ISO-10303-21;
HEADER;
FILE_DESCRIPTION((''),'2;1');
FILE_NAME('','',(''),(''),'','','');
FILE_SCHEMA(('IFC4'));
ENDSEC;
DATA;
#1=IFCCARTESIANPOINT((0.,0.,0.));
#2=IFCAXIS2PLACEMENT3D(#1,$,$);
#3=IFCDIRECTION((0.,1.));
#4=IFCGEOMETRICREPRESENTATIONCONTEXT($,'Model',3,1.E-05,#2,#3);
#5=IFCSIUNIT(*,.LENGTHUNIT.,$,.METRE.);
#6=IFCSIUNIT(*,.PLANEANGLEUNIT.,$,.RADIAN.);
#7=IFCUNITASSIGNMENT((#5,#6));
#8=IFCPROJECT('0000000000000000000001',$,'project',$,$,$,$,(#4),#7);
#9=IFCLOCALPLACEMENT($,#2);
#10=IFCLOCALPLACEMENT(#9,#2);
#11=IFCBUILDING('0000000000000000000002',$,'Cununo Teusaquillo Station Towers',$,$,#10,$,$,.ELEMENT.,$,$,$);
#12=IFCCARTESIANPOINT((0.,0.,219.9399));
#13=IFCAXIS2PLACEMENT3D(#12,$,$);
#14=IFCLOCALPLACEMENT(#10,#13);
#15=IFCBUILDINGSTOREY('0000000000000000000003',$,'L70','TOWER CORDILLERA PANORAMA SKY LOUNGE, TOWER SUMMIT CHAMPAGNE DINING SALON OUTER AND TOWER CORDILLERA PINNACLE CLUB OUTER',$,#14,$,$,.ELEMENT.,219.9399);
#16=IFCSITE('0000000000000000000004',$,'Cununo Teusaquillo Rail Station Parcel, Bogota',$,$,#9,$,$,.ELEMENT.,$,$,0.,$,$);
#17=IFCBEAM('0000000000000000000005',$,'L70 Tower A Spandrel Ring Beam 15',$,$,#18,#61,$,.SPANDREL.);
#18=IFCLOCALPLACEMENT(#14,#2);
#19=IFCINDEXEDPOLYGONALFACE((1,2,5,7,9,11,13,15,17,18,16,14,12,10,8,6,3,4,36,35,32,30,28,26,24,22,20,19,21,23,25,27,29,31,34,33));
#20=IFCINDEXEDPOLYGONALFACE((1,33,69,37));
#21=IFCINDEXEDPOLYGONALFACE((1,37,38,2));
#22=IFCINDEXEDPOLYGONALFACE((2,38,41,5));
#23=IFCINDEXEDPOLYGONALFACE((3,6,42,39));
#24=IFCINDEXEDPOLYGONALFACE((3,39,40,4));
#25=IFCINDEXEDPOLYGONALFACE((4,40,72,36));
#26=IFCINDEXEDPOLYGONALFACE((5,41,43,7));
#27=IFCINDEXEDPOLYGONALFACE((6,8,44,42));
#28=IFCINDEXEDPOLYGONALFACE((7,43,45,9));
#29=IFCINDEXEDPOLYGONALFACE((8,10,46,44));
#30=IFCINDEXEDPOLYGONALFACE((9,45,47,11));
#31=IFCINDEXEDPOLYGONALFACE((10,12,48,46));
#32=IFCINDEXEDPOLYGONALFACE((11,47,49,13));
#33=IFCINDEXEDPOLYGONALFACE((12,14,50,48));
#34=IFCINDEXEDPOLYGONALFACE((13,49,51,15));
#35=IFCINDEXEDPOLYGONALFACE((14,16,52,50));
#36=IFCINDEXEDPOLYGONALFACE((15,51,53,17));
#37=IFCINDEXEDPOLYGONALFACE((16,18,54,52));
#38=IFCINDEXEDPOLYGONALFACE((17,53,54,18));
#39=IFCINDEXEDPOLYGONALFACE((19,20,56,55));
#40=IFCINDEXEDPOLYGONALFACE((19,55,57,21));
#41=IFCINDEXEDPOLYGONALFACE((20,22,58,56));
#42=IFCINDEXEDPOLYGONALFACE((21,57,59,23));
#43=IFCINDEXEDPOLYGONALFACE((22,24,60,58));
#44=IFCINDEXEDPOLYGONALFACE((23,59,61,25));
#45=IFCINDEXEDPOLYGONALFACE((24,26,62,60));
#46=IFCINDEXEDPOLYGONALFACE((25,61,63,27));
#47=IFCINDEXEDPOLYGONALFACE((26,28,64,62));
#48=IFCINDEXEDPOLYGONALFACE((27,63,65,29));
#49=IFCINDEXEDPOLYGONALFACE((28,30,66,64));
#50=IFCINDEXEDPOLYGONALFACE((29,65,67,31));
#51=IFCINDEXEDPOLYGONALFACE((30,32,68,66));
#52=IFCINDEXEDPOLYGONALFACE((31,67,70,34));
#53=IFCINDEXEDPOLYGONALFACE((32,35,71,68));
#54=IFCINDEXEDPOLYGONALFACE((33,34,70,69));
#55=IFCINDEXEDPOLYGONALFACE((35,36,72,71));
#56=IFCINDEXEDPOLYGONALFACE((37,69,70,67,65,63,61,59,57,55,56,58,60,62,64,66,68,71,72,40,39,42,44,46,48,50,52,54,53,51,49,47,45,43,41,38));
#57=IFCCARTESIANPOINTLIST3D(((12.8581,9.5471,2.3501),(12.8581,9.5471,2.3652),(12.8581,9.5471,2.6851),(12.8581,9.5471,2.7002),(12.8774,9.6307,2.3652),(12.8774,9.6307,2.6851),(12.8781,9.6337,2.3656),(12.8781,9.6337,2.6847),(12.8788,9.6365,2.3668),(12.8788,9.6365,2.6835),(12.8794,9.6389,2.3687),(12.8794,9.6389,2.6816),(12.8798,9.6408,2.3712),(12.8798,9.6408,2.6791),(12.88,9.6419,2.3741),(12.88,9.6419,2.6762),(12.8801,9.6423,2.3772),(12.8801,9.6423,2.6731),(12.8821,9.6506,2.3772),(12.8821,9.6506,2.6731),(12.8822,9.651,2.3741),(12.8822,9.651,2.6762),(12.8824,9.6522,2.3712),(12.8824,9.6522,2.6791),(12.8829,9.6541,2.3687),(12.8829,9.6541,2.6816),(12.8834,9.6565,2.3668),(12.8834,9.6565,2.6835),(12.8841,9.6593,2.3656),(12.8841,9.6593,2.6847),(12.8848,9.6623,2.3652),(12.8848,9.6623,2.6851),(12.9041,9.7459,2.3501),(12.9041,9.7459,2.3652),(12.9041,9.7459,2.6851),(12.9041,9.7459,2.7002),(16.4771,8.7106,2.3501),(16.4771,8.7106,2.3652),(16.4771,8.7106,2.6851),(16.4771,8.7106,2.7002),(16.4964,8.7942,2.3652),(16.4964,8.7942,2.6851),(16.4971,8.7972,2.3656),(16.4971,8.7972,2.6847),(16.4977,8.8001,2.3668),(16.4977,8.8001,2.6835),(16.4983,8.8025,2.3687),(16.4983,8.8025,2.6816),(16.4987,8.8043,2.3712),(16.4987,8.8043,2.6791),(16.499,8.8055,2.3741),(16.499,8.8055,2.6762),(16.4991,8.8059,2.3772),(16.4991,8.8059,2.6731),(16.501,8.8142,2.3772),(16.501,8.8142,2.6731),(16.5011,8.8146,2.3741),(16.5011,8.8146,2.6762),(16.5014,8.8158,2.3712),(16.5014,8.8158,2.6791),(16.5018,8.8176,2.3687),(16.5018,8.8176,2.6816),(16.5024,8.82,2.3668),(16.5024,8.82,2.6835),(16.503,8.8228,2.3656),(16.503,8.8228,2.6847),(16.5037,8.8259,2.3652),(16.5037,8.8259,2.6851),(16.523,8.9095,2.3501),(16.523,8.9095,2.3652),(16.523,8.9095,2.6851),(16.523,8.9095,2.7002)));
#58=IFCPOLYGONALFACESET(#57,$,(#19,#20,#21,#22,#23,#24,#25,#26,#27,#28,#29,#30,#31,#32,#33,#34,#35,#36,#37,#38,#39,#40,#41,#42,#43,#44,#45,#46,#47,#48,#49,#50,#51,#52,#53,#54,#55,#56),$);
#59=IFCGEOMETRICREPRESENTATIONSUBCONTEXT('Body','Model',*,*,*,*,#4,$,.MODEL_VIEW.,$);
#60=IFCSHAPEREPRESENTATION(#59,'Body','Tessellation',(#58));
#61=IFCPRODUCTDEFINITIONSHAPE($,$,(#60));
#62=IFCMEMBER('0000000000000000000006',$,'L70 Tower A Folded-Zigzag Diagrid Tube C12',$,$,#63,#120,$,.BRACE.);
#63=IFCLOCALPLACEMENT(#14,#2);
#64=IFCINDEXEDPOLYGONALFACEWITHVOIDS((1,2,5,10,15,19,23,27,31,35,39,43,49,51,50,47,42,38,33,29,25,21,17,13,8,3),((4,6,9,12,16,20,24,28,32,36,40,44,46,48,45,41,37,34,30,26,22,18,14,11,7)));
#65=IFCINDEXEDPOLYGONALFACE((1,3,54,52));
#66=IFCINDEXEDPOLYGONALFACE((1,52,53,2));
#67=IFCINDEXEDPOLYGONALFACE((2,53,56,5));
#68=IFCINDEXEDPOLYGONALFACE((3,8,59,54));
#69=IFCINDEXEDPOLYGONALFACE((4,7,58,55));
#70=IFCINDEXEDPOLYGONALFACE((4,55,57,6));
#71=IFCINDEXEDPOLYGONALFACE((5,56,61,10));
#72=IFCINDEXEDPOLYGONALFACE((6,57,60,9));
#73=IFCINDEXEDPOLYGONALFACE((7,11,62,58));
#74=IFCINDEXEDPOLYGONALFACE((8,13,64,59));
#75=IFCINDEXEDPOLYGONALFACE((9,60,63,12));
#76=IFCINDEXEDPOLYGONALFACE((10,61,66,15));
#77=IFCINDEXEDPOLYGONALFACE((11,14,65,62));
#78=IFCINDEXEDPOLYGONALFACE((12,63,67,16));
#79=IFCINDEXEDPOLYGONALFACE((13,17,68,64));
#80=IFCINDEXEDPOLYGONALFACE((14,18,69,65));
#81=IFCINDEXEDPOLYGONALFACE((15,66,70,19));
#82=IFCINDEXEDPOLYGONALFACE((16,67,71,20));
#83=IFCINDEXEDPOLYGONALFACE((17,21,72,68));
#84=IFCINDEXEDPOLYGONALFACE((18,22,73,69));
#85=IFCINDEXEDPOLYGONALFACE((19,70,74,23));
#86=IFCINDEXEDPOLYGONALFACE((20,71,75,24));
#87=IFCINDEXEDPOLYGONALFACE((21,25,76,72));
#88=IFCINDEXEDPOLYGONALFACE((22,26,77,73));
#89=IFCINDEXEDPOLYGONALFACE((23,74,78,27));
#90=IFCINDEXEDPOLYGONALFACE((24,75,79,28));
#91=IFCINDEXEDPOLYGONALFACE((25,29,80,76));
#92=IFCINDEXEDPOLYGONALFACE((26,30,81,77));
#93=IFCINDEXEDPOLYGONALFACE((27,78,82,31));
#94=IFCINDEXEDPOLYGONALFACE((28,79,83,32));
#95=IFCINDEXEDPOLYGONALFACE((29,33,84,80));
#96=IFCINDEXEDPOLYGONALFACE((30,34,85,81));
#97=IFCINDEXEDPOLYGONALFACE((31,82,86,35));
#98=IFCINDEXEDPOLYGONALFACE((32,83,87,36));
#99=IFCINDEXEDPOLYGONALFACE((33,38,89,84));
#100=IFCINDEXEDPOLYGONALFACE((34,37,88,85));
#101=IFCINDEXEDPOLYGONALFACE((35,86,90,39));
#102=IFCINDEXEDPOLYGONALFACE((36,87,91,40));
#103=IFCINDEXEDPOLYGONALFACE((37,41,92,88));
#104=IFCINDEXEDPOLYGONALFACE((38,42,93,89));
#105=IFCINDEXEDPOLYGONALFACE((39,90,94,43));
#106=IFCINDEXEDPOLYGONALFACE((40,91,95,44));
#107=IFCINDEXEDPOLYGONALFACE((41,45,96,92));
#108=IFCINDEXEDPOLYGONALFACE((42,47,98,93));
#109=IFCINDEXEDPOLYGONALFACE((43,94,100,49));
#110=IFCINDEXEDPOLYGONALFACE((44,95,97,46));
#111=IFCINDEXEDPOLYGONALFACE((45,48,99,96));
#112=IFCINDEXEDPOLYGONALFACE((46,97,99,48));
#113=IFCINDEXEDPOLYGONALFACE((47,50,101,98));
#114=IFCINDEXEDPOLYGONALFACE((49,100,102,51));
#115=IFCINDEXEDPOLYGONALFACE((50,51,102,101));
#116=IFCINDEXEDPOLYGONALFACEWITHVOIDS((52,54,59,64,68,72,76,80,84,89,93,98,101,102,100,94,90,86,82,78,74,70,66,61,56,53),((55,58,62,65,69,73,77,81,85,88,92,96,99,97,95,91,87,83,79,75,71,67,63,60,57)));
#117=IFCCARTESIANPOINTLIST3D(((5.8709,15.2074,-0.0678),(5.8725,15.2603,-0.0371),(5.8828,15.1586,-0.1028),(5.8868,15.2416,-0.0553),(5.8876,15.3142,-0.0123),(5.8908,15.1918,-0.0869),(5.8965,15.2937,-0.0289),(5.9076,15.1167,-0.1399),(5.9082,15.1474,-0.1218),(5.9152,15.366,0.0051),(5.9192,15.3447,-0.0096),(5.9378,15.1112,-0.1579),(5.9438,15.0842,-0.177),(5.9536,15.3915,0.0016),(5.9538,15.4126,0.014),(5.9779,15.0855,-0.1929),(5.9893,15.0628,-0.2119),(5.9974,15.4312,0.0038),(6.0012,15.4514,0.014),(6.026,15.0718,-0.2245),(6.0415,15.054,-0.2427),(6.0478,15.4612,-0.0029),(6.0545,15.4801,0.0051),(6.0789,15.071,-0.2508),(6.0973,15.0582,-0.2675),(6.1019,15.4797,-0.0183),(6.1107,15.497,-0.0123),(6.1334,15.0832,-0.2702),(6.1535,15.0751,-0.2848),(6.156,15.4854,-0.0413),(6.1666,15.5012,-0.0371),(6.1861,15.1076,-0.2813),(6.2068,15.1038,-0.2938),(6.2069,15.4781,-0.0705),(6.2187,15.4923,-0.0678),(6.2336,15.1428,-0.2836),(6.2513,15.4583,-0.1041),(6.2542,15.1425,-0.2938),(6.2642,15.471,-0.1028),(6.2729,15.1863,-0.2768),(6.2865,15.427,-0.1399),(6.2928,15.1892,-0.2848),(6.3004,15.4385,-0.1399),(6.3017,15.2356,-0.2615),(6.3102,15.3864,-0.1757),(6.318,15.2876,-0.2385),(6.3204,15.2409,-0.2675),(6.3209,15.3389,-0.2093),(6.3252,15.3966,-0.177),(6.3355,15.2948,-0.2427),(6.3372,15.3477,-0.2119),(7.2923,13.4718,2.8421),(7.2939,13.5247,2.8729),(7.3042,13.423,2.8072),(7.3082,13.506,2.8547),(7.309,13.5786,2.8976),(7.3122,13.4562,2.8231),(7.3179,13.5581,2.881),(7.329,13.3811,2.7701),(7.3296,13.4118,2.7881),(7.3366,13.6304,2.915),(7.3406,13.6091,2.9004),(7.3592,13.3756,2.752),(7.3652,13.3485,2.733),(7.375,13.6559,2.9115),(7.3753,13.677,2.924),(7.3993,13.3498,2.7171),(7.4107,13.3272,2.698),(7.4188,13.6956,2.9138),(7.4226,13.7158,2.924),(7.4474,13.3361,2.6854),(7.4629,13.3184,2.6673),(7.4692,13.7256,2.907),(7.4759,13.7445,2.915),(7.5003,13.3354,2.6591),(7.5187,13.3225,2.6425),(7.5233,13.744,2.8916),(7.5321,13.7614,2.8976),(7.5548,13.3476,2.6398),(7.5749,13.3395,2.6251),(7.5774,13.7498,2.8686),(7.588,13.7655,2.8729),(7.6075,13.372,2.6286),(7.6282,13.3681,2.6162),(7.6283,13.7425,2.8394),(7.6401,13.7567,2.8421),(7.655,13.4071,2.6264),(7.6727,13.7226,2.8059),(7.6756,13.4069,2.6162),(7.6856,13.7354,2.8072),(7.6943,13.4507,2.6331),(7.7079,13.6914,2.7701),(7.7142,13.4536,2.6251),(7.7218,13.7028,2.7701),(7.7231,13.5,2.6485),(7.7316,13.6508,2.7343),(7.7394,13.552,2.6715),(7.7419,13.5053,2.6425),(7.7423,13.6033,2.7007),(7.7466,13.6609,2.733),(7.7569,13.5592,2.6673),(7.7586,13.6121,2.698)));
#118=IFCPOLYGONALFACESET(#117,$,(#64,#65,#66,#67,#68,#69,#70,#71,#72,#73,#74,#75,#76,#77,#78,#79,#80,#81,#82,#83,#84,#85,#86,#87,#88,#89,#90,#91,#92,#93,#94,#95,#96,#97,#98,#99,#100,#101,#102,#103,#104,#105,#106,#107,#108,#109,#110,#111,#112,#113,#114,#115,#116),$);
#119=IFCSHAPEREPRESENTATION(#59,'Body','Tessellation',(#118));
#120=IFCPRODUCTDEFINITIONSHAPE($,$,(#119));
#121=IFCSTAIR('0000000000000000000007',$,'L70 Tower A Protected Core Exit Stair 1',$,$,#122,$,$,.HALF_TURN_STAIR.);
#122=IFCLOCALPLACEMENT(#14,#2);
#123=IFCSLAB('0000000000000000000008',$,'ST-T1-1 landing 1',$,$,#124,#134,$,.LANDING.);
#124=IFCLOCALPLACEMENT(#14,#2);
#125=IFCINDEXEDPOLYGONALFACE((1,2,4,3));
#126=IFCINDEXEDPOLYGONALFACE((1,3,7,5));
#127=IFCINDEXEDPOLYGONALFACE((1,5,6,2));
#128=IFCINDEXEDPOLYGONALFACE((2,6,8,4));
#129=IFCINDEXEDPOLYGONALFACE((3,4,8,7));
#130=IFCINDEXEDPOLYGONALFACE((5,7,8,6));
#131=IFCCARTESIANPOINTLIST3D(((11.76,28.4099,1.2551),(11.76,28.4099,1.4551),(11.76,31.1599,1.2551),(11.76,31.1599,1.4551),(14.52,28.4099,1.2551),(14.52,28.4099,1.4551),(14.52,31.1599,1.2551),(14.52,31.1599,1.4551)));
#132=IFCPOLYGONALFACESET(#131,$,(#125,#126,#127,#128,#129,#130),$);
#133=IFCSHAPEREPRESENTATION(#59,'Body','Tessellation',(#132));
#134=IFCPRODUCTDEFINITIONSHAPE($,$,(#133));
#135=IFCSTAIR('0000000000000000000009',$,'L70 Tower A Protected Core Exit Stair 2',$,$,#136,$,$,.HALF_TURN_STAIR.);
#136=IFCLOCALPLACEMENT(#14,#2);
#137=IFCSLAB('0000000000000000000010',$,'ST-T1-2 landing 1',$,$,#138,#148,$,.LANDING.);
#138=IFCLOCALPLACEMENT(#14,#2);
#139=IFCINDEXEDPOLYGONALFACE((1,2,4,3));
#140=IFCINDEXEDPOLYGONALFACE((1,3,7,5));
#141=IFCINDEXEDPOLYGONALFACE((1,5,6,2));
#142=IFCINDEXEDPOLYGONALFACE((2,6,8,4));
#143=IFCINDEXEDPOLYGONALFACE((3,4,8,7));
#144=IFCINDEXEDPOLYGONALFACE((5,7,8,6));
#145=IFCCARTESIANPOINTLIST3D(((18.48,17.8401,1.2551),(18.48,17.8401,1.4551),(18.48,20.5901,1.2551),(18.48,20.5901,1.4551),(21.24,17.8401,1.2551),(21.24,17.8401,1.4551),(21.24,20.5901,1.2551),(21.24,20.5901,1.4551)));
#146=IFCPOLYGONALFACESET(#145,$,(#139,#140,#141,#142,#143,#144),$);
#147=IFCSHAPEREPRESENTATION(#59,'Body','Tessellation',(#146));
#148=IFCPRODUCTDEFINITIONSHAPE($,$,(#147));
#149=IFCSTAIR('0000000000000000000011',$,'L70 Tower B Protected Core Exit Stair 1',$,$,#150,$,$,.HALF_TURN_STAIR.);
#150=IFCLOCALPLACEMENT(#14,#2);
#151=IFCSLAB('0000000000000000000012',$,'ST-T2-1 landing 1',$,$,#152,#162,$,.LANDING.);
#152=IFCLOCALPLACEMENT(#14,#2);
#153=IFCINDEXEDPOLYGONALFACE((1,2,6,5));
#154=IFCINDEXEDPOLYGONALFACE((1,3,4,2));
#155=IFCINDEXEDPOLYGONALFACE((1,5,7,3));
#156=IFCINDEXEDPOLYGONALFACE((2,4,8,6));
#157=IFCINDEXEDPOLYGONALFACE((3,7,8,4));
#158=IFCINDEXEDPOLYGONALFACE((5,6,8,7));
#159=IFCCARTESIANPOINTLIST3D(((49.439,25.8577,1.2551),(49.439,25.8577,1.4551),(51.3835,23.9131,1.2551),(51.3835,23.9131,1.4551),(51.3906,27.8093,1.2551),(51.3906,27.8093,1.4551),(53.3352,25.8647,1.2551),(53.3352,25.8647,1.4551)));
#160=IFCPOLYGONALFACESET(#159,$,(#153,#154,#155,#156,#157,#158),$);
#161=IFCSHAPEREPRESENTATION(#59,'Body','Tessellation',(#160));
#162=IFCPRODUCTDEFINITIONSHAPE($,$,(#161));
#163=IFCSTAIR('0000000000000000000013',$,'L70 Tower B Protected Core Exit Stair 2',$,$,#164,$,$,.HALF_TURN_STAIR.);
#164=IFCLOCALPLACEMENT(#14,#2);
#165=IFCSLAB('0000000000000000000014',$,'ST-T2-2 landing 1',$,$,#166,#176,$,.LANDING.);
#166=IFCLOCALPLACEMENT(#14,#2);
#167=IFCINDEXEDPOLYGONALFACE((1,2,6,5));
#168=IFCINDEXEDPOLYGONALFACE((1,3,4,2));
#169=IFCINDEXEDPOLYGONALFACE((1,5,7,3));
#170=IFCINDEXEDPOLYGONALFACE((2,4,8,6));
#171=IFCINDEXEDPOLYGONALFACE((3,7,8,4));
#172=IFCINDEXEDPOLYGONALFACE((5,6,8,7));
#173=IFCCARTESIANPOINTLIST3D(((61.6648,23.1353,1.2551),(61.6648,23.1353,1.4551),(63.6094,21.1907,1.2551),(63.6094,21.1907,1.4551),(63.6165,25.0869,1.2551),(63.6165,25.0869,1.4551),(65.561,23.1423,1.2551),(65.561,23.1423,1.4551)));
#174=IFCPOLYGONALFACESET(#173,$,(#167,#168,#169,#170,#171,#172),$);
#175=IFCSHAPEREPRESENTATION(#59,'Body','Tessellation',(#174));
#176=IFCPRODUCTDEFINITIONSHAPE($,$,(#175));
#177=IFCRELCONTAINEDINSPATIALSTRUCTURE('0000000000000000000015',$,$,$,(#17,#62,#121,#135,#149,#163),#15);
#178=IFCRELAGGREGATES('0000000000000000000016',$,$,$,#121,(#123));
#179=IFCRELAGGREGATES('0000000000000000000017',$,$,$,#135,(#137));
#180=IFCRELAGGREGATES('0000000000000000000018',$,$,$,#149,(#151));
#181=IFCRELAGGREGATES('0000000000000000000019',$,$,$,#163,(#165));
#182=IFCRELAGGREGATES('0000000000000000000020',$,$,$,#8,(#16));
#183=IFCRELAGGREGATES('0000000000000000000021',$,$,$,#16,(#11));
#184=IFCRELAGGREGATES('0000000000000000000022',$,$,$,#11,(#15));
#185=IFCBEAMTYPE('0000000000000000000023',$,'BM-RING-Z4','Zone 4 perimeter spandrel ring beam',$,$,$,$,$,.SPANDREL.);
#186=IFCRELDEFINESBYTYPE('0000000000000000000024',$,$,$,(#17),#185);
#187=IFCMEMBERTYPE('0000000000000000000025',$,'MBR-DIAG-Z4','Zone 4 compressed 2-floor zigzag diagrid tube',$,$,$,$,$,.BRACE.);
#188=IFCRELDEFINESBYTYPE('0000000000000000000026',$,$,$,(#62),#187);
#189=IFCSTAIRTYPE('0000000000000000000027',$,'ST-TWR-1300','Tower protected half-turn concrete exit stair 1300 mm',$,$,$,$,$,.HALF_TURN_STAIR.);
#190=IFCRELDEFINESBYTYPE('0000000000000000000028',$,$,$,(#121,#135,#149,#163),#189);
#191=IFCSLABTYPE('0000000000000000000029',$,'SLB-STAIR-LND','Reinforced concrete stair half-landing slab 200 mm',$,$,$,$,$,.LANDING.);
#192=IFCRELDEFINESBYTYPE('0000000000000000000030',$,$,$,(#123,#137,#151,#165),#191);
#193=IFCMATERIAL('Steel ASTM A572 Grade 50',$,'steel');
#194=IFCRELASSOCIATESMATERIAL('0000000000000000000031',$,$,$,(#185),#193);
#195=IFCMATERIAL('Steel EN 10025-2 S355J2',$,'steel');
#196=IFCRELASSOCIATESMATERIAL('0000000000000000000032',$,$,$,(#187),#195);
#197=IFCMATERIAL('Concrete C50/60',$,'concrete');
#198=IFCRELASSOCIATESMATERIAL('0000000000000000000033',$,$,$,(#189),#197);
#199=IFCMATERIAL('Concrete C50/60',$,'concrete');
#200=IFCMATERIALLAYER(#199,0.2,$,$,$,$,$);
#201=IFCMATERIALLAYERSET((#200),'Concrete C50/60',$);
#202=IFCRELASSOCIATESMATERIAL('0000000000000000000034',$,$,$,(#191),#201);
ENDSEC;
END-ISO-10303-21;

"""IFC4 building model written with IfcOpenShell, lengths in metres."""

from ifc_helpers import new_model, si_unit, direction, frame, origin, origin_2d, place, context, subcontext, project, spatial, polyline, hollow_circle, i_section, outline, extrude, material, layer, layer_set, material_profile, profile_set, type_object, element, aggregate, save


model = new_model("IFC4")

# Units and contexts
model_context = context("Model", 3, precision=1e-05, world=origin(), true_north=direction((0.0, 1.0)))
body_context = subcontext(model_context, "Body", "Model", "MODEL_VIEW")
ifc_project = project(units=[si_unit("LENGTHUNIT", "METRE"), si_unit("PLANEANGLEUNIT", "RADIAN")], contexts=[model_context])

# Site, building, storey
site_placement = place(None, origin())
site = spatial("IfcSite", under=ifc_project, at=site_placement, Name="Cununo Teusaquillo Rail Station Parcel, Bogota", CompositionType="ELEMENT", RefElevation=0.0)
building_placement = place(site_placement, origin())
building = spatial("IfcBuilding", under=site, at=building_placement, Name="Cununo Teusaquillo Station Towers", CompositionType="ELEMENT")
storey_placement = place(building_placement, frame((0.0, 0.0, 219.9399)))
storey = spatial("IfcBuildingStorey", under=building, at=storey_placement, Name="L70", Description="TOWER CORDILLERA PANORAMA SKY LOUNGE, TOWER SUMMIT CHAMPAGNE DINING SALON OUTER AND TOWER CORDILLERA PINNACLE CLUB OUTER", CompositionType="ELEMENT", Elevation=219.9399)

# Beam
ifc_material_1 = material(Name="Steel ASTM A572 Grade 50", Category="steel")
ifc_material_profile_1 = material_profile(ifc_material_1, i_section(OverallWidth=0.2041, OverallDepth=0.3501, WebThickness=0.0085, FlangeThickness=0.0151, FilletRadius=0.012, at=origin_2d()), Name="W14X48")
ifc_profile_set_1 = profile_set([ifc_material_profile_1], Name="Steel ASTM A572 Grade 50")
beam_type = type_object("IfcBeamType", Name="BM-RING-Z4", Description="Zone 4 perimeter spandrel ring beam", PredefinedType="SPANDREL", material=ifc_profile_set_1)
beam_1_placement = place(storey_placement, frame((12.8811, 9.6465, 2.5251), z_axis=(0.974315, -0.225191, 0.0), x_axis=(0.225191, 0.974315, 0.0)))
element("IfcBeam", 1, at=beam_1_placement, inside=storey, type_object=beam_type, Name="L70 Tower A Spandrel Ring Beam 15", PredefinedType="SPANDREL", context=body_context, shape_type="SweptSolid", body=[
    extrude(i_section(OverallWidth=0.2041, OverallDepth=0.3501, WebThickness=0.0085, FlangeThickness=0.0151, FilletRadius=0.012, at=origin_2d()), origin(), (0.0, 0.0, 1.0), 3.7144),
])

# Member
ifc_material_2 = material(Name="Steel EN 10025-2 S355J2", Category="steel")
ifc_material_profile_2 = material_profile(ifc_material_2, hollow_circle(Radius=0.2539, WallThickness=0.0181, at=origin_2d()), Name="CHS 508x18")
ifc_profile_set_2 = profile_set([ifc_material_profile_2], Name="Steel EN 10025-2 S355J2")
member_type = type_object("IfcMemberType", Name="MBR-DIAG-Z4", Description="Zone 4 compressed 2-floor zigzag diagrid tube", PredefinedType="BRACE", material=ifc_profile_set_2)
member_placement = place(storey_placement, frame((6.104, 15.2776, -0.1399), z_axis=(0.386849, -0.472365, 0.791971), x_axis=(0.773661, 0.633599, 0.0)))
element("IfcMember", 2, at=member_placement, inside=storey, type_object=member_type, Name="L70 Tower A Folded-Zigzag Diagrid Tube C12", PredefinedType="BRACE", context=body_context, shape_type="SweptSolid", body=[
    extrude(hollow_circle(Radius=0.2539, WallThickness=0.0181, at=origin_2d()), origin(), (0.0, 0.0, 1.0), 3.6743),
])

# Stairs, slabs
ifc_material_3 = material(Name="Concrete C50/60", Category="concrete")
stair_type = type_object("IfcStairType", Name="ST-TWR-1300", Description="Tower protected half-turn concrete exit stair 1300 mm", PredefinedType="HALF_TURN_STAIR", material=ifc_material_3)
stair_1_placement = place(storey_placement, origin())
stair_1 = element("IfcStair", 3, at=stair_1_placement, inside=storey, type_object=stair_type, Name="L70 Tower A Protected Core Exit Stair 1", PredefinedType="HALF_TURN_STAIR")
ifc_material_4 = material(Name="Concrete C50/60", Category="concrete")
ifc_layer_1 = layer(ifc_material_4, 0.2)
ifc_layer_set_1 = layer_set([ifc_layer_1], Name="Concrete C50/60")
slab_type_1 = type_object("IfcSlabType", Name="SLB-STAIR-LND", Description="Reinforced concrete stair half-landing slab 200 mm", PredefinedType="LANDING", material=ifc_layer_set_1)
slab_1_placement = place(storey_placement, frame((0.0, 0.0, 1.2551)))
slab_1 = element("IfcSlab", 4, at=slab_1_placement, type_object=slab_type_1, Name="ST-T1-1 landing 1", PredefinedType="LANDING", context=body_context, shape_type="SweptSolid", body=[
    extrude(outline(polyline([(14.52, 28.4099), (14.52, 31.1599), (11.76, 31.1599), (11.76, 28.4099), (14.52, 28.4099)])), origin(), (0.0, 0.0, 1.0), 0.2),
])
aggregate(stair_1, [slab_1])
stair_2_placement = place(storey_placement, origin())
stair_2 = element("IfcStair", 5, at=stair_2_placement, inside=storey, type_object=stair_type, Name="L70 Tower A Protected Core Exit Stair 2", PredefinedType="HALF_TURN_STAIR")
slab_2_placement = place(storey_placement, frame((0.0, 0.0, 1.2551)))
slab_2 = element("IfcSlab", 6, at=slab_2_placement, type_object=slab_type_1, Name="ST-T1-2 landing 1", PredefinedType="LANDING", context=body_context, shape_type="SweptSolid", body=[
    extrude(outline(polyline([(18.48, 20.5901), (18.48, 17.8401), (21.24, 17.8401), (21.24, 20.5901), (18.48, 20.5901)])), origin(), (0.0, 0.0, 1.0), 0.2),
])
aggregate(stair_2, [slab_2])
stair_3_placement = place(storey_placement, origin())
stair_3 = element("IfcStair", 7, at=stair_3_placement, inside=storey, type_object=stair_type, Name="L70 Tower B Protected Core Exit Stair 1", PredefinedType="HALF_TURN_STAIR")
slab_3_placement = place(storey_placement, frame((0.0, 0.0, 1.2551)))
slab_3 = element("IfcSlab", 8, at=slab_3_placement, type_object=slab_type_1, Name="ST-T2-1 landing 1", PredefinedType="LANDING", context=body_context, shape_type="SweptSolid", body=[
    extrude(outline(polyline([(53.3352, 25.8647), (51.3906, 27.8093), (49.439, 25.8577), (51.3835, 23.9131), (53.3352, 25.8647)])), origin(), (0.0, 0.0, 1.0), 0.2),
])
aggregate(stair_3, [slab_3])
stair_4_placement = place(storey_placement, origin())
stair_4 = element("IfcStair", 9, at=stair_4_placement, inside=storey, type_object=stair_type, Name="L70 Tower B Protected Core Exit Stair 2", PredefinedType="HALF_TURN_STAIR")
slab_4_placement = place(storey_placement, frame((0.0, 0.0, 1.2551)))
slab_4 = element("IfcSlab", 10, at=slab_4_placement, type_object=slab_type_1, Name="ST-T2-2 landing 1", PredefinedType="LANDING", context=body_context, shape_type="SweptSolid", body=[
    extrude(outline(polyline([(61.6648, 23.1353), (63.6094, 21.1907), (65.561, 23.1423), (63.6165, 25.0869), (61.6648, 23.1353)])), origin(), (0.0, 0.0, 1.0), 0.2),
])
aggregate(stair_4, [slab_4])

save(model, "model.ifc")
